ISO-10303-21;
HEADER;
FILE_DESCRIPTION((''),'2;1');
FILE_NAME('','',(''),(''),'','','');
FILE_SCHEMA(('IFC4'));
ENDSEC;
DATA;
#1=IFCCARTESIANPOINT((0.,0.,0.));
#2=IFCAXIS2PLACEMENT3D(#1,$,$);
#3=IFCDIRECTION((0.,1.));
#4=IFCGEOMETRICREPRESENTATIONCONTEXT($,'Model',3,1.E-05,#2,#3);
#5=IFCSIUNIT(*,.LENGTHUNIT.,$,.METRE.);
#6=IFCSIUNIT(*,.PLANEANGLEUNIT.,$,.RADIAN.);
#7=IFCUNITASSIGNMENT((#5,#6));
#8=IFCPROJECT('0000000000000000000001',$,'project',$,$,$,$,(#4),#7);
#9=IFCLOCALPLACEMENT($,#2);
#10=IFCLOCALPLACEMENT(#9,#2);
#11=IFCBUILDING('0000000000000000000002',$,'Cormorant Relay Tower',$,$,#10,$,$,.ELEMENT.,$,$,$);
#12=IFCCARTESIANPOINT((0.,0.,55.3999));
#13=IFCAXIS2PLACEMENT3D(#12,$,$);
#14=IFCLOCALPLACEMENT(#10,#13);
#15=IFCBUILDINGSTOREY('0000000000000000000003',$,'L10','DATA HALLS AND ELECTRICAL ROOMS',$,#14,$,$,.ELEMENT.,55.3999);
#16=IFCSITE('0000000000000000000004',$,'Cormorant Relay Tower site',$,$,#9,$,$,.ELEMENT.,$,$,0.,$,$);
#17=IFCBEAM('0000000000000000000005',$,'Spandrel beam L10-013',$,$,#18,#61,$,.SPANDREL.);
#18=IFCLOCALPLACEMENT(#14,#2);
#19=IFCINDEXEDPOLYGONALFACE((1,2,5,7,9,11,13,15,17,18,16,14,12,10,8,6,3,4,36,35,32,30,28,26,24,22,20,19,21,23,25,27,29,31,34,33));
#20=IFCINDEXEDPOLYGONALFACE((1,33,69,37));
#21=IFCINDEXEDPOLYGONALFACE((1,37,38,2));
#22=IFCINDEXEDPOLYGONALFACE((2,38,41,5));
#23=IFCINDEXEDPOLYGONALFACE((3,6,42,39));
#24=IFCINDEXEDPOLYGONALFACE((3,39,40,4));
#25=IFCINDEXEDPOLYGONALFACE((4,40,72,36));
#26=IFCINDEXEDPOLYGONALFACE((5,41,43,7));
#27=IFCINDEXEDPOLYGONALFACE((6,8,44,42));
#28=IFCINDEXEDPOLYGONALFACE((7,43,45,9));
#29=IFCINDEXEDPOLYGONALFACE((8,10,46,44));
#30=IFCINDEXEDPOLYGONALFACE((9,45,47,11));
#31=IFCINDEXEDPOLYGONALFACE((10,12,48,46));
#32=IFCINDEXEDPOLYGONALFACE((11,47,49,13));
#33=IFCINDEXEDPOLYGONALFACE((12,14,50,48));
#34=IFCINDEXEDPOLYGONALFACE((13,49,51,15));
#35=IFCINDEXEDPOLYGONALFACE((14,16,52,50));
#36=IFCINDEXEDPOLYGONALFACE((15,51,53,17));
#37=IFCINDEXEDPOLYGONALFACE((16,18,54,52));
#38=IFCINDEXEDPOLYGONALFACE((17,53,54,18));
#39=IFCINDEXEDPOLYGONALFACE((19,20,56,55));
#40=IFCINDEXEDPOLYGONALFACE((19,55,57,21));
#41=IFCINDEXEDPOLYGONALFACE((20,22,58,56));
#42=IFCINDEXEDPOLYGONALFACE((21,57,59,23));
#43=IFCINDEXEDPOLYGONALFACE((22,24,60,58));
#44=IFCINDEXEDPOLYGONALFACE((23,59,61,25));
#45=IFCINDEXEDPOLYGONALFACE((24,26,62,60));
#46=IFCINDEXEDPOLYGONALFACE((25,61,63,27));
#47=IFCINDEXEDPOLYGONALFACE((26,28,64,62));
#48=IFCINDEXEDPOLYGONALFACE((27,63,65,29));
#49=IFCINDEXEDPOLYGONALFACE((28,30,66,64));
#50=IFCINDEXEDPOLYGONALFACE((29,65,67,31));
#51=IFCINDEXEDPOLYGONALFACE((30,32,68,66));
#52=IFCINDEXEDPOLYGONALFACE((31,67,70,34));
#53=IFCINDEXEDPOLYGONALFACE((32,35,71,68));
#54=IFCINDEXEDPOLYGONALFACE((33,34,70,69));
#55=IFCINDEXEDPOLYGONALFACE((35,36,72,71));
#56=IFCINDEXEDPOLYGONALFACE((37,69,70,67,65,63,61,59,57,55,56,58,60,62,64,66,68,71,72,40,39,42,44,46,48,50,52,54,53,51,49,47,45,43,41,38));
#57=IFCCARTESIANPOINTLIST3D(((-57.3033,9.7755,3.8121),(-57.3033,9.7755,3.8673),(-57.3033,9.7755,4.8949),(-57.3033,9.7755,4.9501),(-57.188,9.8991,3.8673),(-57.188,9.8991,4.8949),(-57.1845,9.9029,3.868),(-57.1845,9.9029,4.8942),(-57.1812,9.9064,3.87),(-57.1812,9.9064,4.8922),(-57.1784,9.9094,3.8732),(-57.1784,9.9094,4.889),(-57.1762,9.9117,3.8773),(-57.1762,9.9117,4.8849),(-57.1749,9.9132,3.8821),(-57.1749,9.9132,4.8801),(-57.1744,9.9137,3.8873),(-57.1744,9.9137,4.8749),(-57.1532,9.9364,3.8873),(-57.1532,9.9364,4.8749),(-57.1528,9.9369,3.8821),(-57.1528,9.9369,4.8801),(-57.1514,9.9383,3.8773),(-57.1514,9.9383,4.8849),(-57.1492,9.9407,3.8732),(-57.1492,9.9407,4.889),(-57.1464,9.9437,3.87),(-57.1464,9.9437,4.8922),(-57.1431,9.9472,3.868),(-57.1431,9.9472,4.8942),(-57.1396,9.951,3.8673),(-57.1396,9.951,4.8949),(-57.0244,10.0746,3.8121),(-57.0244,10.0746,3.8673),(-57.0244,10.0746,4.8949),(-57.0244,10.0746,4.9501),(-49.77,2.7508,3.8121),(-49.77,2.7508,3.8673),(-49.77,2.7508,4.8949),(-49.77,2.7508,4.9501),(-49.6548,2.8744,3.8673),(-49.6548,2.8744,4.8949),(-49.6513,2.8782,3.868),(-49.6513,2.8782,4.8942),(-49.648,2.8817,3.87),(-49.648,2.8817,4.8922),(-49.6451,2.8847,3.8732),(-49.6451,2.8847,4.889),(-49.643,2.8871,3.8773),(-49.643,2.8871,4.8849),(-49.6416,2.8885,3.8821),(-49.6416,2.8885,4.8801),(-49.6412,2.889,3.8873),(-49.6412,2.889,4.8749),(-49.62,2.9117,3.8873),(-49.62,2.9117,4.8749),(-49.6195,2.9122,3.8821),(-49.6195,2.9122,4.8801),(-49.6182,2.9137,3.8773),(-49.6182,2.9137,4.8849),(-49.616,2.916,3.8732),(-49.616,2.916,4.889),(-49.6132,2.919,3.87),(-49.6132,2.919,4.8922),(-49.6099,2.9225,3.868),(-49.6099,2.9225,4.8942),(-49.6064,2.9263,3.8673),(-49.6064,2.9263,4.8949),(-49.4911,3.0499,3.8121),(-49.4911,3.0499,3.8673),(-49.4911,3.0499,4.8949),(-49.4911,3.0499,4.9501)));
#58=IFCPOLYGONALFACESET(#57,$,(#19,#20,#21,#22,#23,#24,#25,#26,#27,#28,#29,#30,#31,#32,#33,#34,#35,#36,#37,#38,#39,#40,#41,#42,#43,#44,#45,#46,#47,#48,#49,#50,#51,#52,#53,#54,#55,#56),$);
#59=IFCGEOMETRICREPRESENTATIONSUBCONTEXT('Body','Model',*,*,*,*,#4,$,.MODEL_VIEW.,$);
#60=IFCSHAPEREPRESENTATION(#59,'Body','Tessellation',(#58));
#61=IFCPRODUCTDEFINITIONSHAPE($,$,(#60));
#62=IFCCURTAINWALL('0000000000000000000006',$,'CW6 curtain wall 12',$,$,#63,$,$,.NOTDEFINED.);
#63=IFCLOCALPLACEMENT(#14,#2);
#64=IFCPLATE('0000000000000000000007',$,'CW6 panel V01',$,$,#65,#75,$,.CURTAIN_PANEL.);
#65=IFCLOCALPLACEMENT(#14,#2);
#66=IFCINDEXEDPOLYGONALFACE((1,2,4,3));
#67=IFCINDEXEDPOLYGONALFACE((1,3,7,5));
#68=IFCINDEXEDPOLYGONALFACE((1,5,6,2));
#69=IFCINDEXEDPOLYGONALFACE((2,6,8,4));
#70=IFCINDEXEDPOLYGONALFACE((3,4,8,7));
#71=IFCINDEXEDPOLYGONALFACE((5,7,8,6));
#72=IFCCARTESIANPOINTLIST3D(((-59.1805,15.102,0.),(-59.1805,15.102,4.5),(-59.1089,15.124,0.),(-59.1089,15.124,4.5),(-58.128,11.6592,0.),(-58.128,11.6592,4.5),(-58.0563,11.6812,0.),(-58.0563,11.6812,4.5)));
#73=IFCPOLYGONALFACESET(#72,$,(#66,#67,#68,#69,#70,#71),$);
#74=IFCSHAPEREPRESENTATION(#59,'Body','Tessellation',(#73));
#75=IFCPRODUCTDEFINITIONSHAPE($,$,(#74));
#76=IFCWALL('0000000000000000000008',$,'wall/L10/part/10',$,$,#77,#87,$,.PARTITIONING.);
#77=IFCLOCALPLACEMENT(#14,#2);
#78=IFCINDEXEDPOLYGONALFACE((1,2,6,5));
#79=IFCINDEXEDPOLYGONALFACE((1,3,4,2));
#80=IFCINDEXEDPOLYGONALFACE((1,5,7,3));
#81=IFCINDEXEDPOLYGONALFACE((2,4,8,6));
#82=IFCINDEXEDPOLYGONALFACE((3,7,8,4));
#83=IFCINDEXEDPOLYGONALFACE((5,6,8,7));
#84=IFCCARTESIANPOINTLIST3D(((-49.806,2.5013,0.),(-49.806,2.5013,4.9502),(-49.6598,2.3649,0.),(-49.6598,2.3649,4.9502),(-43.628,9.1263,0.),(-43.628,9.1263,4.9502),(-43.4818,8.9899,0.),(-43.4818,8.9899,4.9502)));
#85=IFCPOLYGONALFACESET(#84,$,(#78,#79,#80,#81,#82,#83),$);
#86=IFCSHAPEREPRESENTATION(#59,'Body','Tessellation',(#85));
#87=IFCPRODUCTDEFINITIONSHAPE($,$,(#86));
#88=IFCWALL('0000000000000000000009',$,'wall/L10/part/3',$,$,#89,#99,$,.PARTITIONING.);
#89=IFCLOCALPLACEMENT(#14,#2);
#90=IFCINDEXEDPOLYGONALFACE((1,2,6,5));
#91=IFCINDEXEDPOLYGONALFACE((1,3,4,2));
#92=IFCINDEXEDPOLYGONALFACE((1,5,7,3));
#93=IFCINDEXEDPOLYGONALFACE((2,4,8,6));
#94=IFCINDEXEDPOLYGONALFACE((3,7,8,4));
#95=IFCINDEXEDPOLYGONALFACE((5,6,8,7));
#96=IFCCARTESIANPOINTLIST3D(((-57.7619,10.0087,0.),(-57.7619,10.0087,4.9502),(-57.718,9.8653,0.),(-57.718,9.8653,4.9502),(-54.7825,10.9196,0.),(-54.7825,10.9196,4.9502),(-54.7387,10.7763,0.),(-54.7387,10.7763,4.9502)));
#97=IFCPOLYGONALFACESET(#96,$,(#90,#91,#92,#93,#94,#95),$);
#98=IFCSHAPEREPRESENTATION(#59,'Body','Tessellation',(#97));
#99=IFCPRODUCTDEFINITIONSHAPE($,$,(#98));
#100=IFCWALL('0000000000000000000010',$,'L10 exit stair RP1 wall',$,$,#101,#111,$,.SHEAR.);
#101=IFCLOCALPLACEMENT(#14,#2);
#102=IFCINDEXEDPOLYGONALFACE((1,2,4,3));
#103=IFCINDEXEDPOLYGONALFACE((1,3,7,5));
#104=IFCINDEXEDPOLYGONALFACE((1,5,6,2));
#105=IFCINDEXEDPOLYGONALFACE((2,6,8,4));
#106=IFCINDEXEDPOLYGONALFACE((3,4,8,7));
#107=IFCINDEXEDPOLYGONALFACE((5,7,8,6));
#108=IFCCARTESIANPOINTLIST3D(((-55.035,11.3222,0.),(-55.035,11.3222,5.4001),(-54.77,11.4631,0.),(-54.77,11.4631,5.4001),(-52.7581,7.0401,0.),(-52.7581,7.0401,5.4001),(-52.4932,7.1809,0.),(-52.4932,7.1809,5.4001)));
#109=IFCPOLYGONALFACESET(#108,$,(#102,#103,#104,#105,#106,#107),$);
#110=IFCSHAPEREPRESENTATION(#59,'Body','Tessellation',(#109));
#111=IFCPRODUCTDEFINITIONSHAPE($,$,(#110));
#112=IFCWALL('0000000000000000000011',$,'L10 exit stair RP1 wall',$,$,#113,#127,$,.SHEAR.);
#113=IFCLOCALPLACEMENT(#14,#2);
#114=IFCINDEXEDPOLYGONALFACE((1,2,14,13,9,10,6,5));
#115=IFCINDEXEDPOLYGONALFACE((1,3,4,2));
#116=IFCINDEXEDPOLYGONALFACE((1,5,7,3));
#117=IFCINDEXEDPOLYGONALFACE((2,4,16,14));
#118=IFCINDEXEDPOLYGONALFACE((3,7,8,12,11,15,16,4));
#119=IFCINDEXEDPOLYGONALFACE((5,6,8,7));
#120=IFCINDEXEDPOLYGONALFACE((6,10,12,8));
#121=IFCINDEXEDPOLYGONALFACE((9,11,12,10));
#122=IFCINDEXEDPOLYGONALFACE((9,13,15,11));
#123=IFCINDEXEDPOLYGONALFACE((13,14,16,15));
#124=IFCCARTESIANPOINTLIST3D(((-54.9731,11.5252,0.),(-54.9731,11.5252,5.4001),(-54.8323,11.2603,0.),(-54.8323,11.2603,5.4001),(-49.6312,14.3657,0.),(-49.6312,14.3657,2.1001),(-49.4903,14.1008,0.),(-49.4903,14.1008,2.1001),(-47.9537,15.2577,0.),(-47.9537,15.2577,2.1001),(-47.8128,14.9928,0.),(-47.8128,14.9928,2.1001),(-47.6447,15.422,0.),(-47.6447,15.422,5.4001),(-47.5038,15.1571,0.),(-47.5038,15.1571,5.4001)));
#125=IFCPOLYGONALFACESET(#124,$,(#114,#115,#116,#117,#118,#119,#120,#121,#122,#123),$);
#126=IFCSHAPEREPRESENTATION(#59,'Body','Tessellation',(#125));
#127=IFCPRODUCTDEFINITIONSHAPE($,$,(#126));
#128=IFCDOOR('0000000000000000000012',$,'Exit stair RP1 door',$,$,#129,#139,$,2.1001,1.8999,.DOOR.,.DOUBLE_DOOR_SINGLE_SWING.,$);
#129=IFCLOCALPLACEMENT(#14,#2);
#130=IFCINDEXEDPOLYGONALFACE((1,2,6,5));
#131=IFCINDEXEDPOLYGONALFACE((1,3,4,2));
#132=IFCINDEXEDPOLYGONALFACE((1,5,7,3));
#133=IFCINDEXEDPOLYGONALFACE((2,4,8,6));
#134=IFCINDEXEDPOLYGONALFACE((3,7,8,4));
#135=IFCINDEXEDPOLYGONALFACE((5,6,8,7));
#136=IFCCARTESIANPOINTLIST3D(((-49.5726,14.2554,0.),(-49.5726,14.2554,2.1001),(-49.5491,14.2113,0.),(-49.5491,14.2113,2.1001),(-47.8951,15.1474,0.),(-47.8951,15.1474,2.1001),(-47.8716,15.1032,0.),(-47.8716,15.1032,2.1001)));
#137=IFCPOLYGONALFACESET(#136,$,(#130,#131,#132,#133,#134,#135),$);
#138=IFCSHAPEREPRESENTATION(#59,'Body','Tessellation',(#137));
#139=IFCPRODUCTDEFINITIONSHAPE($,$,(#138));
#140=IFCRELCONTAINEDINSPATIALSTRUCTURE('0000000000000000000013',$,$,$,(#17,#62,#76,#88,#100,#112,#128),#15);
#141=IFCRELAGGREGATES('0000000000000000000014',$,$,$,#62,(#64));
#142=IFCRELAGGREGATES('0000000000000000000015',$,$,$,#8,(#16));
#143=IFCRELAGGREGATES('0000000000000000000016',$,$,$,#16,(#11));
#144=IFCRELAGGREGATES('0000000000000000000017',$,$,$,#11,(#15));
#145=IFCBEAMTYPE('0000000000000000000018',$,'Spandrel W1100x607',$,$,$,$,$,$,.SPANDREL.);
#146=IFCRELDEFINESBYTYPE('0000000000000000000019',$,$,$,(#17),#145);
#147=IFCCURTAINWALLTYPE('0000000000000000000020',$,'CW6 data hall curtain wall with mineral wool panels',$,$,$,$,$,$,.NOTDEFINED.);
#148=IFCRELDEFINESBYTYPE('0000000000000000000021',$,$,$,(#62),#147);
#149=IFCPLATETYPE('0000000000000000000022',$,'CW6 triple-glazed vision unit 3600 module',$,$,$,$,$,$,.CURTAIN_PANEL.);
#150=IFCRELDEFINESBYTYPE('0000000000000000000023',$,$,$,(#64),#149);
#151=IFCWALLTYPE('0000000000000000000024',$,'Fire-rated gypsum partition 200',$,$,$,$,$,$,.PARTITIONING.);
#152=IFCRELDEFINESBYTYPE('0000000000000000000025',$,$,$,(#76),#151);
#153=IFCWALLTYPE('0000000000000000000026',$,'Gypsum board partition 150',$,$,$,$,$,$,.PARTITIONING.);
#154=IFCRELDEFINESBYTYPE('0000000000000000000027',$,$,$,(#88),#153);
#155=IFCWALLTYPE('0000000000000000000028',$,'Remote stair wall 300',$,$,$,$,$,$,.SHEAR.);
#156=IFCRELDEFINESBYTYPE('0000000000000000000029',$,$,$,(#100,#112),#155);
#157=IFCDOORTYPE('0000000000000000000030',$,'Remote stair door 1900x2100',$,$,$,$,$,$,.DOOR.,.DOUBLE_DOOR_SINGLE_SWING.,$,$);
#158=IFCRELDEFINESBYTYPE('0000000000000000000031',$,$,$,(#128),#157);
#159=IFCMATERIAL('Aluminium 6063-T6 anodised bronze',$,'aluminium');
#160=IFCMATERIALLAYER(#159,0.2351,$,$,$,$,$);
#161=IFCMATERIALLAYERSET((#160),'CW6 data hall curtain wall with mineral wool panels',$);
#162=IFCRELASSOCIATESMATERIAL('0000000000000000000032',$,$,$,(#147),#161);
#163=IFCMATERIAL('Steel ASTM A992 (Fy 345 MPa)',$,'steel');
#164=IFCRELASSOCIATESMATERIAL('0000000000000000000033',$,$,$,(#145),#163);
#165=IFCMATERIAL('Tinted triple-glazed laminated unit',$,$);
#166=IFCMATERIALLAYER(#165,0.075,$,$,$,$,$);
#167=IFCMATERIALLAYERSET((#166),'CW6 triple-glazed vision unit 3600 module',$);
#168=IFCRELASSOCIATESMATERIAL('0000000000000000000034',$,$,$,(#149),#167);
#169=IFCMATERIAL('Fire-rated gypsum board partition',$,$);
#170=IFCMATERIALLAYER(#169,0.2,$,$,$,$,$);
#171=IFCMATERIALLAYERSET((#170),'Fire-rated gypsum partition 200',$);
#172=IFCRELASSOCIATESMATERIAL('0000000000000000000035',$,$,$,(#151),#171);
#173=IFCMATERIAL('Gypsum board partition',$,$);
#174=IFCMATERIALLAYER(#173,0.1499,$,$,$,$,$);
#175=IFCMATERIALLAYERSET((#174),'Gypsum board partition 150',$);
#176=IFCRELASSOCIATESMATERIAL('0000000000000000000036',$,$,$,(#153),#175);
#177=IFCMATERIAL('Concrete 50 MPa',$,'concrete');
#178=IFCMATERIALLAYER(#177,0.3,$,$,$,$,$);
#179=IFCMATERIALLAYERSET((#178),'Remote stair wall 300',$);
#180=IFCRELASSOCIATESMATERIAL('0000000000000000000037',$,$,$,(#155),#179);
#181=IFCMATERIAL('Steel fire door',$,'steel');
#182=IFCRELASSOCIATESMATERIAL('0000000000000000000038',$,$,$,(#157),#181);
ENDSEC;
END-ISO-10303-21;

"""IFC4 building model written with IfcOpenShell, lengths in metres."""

from ifc_helpers import new_model, si_unit, direction, frame, frame_2d, origin, origin_2d, place, context, subcontext, project, spatial, rectangle, i_section, extrude, material, layer, layer_set, material_profile, profile_set, type_object, element, fill, aggregate, save


model = new_model("IFC4")

# Units and contexts
model_context = context("Model", 3, precision=1e-05, world=origin(), true_north=direction((0.0, 1.0)))
body_context = subcontext(model_context, "Body", "Model", "MODEL_VIEW")
ifc_project = project(units=[si_unit("LENGTHUNIT", "METRE"), si_unit("PLANEANGLEUNIT", "RADIAN")], contexts=[model_context])

# Site, building, storey
site_placement = place(None, origin())
site = spatial("IfcSite", under=ifc_project, at=site_placement, Name="Cormorant Relay Tower site", CompositionType="ELEMENT", RefElevation=0.0)
building_placement = place(site_placement, origin())
building = spatial("IfcBuilding", under=site, at=building_placement, Name="Cormorant Relay Tower", CompositionType="ELEMENT")
storey_placement = place(building_placement, frame((0.0, 0.0, 55.3999)))
storey = spatial("IfcBuildingStorey", under=building, at=storey_placement, Name="L10", Description="DATA HALLS AND ELECTRICAL ROOMS", CompositionType="ELEMENT", Elevation=55.3999)

# Shared definitions
ifc_material_1 = material(Name="Aluminium 6063-T6 anodised bronze", Category="aluminium")
ifc_layer_1 = layer(ifc_material_1, 0.2351)
ifc_layer_set_1 = layer_set([ifc_layer_1], Name="CW6 data hall curtain wall with mineral wool panels")
curtain_wall_type = type_object("IfcCurtainWallType", Name="CW6 data hall curtain wall with mineral wool panels", PredefinedType="NOTDEFINED", material=ifc_layer_set_1)

# Beam
ifc_material_2 = material(Name="Steel ASTM A992 (Fy 345 MPa)", Category="steel")
ifc_material_profile_1 = material_profile(ifc_material_2, i_section(OverallWidth=0.4089, OverallDepth=1.1379, WebThickness=0.031, FlangeThickness=0.0552, FilletRadius=0.02, at=origin_2d()), Name="W1100x607")
ifc_profile_set_1 = profile_set([ifc_material_profile_1], Name="Steel ASTM A992 (Fy 345 MPa)")
beam_type = type_object("IfcBeamType", Name="Spandrel W1100x607", PredefinedType="SPANDREL", material=ifc_profile_set_1)
beam_placement = place(storey_placement, frame((-57.1638, 9.925, 4.3811), z_axis=(0.731362, -0.68199, 0.0), x_axis=(0.68199, 0.731362, 0.0)))
element("IfcBeam", 1, at=beam_placement, inside=storey, type_object=beam_type, Name="Spandrel beam L10-013", PredefinedType="SPANDREL", context=body_context, shape_type="SweptSolid", body=[
    extrude(i_section(OverallWidth=0.4089, OverallDepth=1.1379, WebThickness=0.031, FlangeThickness=0.0552, FilletRadius=0.02, at=origin_2d()), origin(), (0.0, 0.0, 1.0), 10.3003),
])

# Curtain wall, plate
curtain_wall_1_placement = place(storey_placement, origin())
curtain_wall_1 = element("IfcCurtainWall", 2, at=curtain_wall_1_placement, inside=storey, type_object=curtain_wall_type, Name="CW6 curtain wall 12", PredefinedType="NOTDEFINED")
ifc_material_3 = material(Name="Tinted triple-glazed laminated unit")
ifc_layer_2 = layer(ifc_material_3, 0.075)
ifc_layer_set_2 = layer_set([ifc_layer_2], Name="CW6 triple-glazed vision unit 3600 module")
plate_type = type_object("IfcPlateType", Name="CW6 triple-glazed vision unit 3600 module", PredefinedType="CURTAIN_PANEL", material=ifc_layer_set_2)
plate_placement = place(storey_placement, frame((-58.6184, 13.3916, 0.0), z_axis=(0.0, 0.0, 1.0), x_axis=(0.292372, -0.956305, 0.0)))
plate = element("IfcPlate", 3, at=plate_placement, type_object=plate_type, Name="CW6 panel V01", PredefinedType="CURTAIN_PANEL", context=body_context, shape_type="SweptSolid", body=[
    extrude(rectangle(XDim=3.6001, YDim=0.075, at=origin_2d()), origin(), (0.0, 0.0, 1.0), 4.5),
])

# Walls
ifc_material_4 = material(Name="Fire-rated gypsum board partition")
ifc_layer_3 = layer(ifc_material_4, 0.2)
ifc_layer_set_3 = layer_set([ifc_layer_3], Name="Fire-rated gypsum partition 200")
wall_type_1 = type_object("IfcWallType", Name="Fire-rated gypsum partition 200", PredefinedType="PARTITIONING", material=ifc_layer_set_3)
wall_1_placement = place(storey_placement, frame((-49.7329, 2.4331, 0.0), z_axis=(0.0, 0.0, 1.0), x_axis=(0.682002, 0.73135, 0.0)))
element("IfcWall", 4, at=wall_1_placement, inside=storey, type_object=wall_type_1, Name="wall/L10/part/10", PredefinedType="PARTITIONING", context=body_context, shape_type="SweptSolid", body=[
    extrude(rectangle(XDim=9.0586, YDim=0.2, at=frame_2d((4.5293, 0.0))), origin(), (0.0, 0.0, 1.0), 4.9502),
])
ifc_material_5 = material(Name="Gypsum board partition")
ifc_layer_4 = layer(ifc_material_5, 0.1499)
ifc_layer_set_4 = layer_set([ifc_layer_4], Name="Gypsum board partition 150")
wall_type_2 = type_object("IfcWallType", Name="Gypsum board partition 150", PredefinedType="PARTITIONING", material=ifc_layer_set_4)
wall_2_placement = place(storey_placement, frame((-54.7607, 10.8479, 0.0), z_axis=(0.0, 0.0, 1.0), x_axis=(-0.956301, -0.292384, 0.0)))
element("IfcWall", 5, at=wall_2_placement, inside=storey, type_object=wall_type_2, Name="wall/L10/part/3", PredefinedType="PARTITIONING", context=body_context, shape_type="SweptSolid", body=[
    extrude(rectangle(XDim=3.1155, YDim=0.1499, at=frame_2d((1.5576, 0.0))), origin(), (0.0, 0.0, 1.0), 4.9502),
])
ifc_material_6 = material(Name="Concrete 50 MPa", Category="concrete")
ifc_layer_5 = layer(ifc_material_6, 0.3)
ifc_layer_set_5 = layer_set([ifc_layer_5], Name="Remote stair wall 300")
wall_type_3 = type_object("IfcWallType", Name="Remote stair wall 300", PredefinedType="SHEAR", material=ifc_layer_set_5)
wall_3_placement = place(storey_placement, frame((-52.6257, 7.1106, 0.0), z_axis=(0.0, 0.0, 1.0), x_axis=(-0.469464, 0.882951, 0.0)))
element("IfcWall", 6, at=wall_3_placement, inside=storey, type_object=wall_type_3, Name="L10 exit stair RP1 wall", PredefinedType="SHEAR", context=body_context, shape_type="SweptSolid", body=[
    extrude(rectangle(XDim=4.8499, YDim=0.3, at=frame_2d((2.4248, 0.0))), origin(), (0.0, 0.0, 1.0), 5.4001),
])

# Wall, opening, door
wall_4_placement = place(storey_placement, frame((-54.9026, 11.3928, 0.0), z_axis=(0.0, 0.0, 1.0), x_axis=(0.882939, 0.469487, 0.0)))
wall_4 = element("IfcWall", 7, at=wall_4_placement, inside=storey, type_object=wall_type_3, Name="L10 exit stair RP1 wall", PredefinedType="SHEAR", context=body_context, shape_type="SweptSolid", body=[
    extrude(rectangle(XDim=8.3, YDim=0.3, at=frame_2d((4.1499, 0.0))), origin(), (0.0, 0.0, 1.0), 5.4001),
])
opening_placement = place(wall_4_placement, frame((6.05, 0.0, 0.0)))
opening = element("IfcOpeningElement", 8, at=opening_placement, cuts=wall_4, PredefinedType="OPENING", context=body_context, shape_type="SweptSolid", body=[
    extrude(rectangle(XDim=1.8999, YDim=2.1001, at=frame_2d((0.95, 1.05))), frame((0.0, 0.1599, 0.0), z_axis=(0.0, -1.0, 0.0), x_axis=(1.0, 0.0, 0.0)), (0.0, 0.0, 1.0), 0.3201),
])
ifc_material_7 = material(Name="Steel fire door", Category="steel")
door_type = type_object("IfcDoorType", Name="Remote stair door 1900x2100", OperationType="DOUBLE_DOOR_SINGLE_SWING", PredefinedType="DOOR", material=ifc_material_7)
door_placement = place(opening_placement, frame((1.8999, 0.0, 0.0), z_axis=(0.0, 0.0, 1.0), x_axis=(-1.0, 0.0, 0.0)))
door = element("IfcDoor", 9, at=door_placement, inside=storey, type_object=door_type, Name="Exit stair RP1 door", OperationType="DOUBLE_DOOR_SINGLE_SWING", OverallHeight=2.1001, OverallWidth=1.8999, PredefinedType="DOOR", context=body_context, shape_type="SweptSolid", body=[
    extrude(rectangle(XDim=1.8999, YDim=2.1001, at=frame_2d((0.95, 1.05))), frame((0.0, 0.0249, 0.0), z_axis=(0.0, -1.0, 0.0), x_axis=(1.0, 0.0, 0.0)), (0.0, 0.0, 1.0), 0.05),
])
fill(opening, door)

aggregate(curtain_wall_1, [plate])

save(model, "model.ifc")
